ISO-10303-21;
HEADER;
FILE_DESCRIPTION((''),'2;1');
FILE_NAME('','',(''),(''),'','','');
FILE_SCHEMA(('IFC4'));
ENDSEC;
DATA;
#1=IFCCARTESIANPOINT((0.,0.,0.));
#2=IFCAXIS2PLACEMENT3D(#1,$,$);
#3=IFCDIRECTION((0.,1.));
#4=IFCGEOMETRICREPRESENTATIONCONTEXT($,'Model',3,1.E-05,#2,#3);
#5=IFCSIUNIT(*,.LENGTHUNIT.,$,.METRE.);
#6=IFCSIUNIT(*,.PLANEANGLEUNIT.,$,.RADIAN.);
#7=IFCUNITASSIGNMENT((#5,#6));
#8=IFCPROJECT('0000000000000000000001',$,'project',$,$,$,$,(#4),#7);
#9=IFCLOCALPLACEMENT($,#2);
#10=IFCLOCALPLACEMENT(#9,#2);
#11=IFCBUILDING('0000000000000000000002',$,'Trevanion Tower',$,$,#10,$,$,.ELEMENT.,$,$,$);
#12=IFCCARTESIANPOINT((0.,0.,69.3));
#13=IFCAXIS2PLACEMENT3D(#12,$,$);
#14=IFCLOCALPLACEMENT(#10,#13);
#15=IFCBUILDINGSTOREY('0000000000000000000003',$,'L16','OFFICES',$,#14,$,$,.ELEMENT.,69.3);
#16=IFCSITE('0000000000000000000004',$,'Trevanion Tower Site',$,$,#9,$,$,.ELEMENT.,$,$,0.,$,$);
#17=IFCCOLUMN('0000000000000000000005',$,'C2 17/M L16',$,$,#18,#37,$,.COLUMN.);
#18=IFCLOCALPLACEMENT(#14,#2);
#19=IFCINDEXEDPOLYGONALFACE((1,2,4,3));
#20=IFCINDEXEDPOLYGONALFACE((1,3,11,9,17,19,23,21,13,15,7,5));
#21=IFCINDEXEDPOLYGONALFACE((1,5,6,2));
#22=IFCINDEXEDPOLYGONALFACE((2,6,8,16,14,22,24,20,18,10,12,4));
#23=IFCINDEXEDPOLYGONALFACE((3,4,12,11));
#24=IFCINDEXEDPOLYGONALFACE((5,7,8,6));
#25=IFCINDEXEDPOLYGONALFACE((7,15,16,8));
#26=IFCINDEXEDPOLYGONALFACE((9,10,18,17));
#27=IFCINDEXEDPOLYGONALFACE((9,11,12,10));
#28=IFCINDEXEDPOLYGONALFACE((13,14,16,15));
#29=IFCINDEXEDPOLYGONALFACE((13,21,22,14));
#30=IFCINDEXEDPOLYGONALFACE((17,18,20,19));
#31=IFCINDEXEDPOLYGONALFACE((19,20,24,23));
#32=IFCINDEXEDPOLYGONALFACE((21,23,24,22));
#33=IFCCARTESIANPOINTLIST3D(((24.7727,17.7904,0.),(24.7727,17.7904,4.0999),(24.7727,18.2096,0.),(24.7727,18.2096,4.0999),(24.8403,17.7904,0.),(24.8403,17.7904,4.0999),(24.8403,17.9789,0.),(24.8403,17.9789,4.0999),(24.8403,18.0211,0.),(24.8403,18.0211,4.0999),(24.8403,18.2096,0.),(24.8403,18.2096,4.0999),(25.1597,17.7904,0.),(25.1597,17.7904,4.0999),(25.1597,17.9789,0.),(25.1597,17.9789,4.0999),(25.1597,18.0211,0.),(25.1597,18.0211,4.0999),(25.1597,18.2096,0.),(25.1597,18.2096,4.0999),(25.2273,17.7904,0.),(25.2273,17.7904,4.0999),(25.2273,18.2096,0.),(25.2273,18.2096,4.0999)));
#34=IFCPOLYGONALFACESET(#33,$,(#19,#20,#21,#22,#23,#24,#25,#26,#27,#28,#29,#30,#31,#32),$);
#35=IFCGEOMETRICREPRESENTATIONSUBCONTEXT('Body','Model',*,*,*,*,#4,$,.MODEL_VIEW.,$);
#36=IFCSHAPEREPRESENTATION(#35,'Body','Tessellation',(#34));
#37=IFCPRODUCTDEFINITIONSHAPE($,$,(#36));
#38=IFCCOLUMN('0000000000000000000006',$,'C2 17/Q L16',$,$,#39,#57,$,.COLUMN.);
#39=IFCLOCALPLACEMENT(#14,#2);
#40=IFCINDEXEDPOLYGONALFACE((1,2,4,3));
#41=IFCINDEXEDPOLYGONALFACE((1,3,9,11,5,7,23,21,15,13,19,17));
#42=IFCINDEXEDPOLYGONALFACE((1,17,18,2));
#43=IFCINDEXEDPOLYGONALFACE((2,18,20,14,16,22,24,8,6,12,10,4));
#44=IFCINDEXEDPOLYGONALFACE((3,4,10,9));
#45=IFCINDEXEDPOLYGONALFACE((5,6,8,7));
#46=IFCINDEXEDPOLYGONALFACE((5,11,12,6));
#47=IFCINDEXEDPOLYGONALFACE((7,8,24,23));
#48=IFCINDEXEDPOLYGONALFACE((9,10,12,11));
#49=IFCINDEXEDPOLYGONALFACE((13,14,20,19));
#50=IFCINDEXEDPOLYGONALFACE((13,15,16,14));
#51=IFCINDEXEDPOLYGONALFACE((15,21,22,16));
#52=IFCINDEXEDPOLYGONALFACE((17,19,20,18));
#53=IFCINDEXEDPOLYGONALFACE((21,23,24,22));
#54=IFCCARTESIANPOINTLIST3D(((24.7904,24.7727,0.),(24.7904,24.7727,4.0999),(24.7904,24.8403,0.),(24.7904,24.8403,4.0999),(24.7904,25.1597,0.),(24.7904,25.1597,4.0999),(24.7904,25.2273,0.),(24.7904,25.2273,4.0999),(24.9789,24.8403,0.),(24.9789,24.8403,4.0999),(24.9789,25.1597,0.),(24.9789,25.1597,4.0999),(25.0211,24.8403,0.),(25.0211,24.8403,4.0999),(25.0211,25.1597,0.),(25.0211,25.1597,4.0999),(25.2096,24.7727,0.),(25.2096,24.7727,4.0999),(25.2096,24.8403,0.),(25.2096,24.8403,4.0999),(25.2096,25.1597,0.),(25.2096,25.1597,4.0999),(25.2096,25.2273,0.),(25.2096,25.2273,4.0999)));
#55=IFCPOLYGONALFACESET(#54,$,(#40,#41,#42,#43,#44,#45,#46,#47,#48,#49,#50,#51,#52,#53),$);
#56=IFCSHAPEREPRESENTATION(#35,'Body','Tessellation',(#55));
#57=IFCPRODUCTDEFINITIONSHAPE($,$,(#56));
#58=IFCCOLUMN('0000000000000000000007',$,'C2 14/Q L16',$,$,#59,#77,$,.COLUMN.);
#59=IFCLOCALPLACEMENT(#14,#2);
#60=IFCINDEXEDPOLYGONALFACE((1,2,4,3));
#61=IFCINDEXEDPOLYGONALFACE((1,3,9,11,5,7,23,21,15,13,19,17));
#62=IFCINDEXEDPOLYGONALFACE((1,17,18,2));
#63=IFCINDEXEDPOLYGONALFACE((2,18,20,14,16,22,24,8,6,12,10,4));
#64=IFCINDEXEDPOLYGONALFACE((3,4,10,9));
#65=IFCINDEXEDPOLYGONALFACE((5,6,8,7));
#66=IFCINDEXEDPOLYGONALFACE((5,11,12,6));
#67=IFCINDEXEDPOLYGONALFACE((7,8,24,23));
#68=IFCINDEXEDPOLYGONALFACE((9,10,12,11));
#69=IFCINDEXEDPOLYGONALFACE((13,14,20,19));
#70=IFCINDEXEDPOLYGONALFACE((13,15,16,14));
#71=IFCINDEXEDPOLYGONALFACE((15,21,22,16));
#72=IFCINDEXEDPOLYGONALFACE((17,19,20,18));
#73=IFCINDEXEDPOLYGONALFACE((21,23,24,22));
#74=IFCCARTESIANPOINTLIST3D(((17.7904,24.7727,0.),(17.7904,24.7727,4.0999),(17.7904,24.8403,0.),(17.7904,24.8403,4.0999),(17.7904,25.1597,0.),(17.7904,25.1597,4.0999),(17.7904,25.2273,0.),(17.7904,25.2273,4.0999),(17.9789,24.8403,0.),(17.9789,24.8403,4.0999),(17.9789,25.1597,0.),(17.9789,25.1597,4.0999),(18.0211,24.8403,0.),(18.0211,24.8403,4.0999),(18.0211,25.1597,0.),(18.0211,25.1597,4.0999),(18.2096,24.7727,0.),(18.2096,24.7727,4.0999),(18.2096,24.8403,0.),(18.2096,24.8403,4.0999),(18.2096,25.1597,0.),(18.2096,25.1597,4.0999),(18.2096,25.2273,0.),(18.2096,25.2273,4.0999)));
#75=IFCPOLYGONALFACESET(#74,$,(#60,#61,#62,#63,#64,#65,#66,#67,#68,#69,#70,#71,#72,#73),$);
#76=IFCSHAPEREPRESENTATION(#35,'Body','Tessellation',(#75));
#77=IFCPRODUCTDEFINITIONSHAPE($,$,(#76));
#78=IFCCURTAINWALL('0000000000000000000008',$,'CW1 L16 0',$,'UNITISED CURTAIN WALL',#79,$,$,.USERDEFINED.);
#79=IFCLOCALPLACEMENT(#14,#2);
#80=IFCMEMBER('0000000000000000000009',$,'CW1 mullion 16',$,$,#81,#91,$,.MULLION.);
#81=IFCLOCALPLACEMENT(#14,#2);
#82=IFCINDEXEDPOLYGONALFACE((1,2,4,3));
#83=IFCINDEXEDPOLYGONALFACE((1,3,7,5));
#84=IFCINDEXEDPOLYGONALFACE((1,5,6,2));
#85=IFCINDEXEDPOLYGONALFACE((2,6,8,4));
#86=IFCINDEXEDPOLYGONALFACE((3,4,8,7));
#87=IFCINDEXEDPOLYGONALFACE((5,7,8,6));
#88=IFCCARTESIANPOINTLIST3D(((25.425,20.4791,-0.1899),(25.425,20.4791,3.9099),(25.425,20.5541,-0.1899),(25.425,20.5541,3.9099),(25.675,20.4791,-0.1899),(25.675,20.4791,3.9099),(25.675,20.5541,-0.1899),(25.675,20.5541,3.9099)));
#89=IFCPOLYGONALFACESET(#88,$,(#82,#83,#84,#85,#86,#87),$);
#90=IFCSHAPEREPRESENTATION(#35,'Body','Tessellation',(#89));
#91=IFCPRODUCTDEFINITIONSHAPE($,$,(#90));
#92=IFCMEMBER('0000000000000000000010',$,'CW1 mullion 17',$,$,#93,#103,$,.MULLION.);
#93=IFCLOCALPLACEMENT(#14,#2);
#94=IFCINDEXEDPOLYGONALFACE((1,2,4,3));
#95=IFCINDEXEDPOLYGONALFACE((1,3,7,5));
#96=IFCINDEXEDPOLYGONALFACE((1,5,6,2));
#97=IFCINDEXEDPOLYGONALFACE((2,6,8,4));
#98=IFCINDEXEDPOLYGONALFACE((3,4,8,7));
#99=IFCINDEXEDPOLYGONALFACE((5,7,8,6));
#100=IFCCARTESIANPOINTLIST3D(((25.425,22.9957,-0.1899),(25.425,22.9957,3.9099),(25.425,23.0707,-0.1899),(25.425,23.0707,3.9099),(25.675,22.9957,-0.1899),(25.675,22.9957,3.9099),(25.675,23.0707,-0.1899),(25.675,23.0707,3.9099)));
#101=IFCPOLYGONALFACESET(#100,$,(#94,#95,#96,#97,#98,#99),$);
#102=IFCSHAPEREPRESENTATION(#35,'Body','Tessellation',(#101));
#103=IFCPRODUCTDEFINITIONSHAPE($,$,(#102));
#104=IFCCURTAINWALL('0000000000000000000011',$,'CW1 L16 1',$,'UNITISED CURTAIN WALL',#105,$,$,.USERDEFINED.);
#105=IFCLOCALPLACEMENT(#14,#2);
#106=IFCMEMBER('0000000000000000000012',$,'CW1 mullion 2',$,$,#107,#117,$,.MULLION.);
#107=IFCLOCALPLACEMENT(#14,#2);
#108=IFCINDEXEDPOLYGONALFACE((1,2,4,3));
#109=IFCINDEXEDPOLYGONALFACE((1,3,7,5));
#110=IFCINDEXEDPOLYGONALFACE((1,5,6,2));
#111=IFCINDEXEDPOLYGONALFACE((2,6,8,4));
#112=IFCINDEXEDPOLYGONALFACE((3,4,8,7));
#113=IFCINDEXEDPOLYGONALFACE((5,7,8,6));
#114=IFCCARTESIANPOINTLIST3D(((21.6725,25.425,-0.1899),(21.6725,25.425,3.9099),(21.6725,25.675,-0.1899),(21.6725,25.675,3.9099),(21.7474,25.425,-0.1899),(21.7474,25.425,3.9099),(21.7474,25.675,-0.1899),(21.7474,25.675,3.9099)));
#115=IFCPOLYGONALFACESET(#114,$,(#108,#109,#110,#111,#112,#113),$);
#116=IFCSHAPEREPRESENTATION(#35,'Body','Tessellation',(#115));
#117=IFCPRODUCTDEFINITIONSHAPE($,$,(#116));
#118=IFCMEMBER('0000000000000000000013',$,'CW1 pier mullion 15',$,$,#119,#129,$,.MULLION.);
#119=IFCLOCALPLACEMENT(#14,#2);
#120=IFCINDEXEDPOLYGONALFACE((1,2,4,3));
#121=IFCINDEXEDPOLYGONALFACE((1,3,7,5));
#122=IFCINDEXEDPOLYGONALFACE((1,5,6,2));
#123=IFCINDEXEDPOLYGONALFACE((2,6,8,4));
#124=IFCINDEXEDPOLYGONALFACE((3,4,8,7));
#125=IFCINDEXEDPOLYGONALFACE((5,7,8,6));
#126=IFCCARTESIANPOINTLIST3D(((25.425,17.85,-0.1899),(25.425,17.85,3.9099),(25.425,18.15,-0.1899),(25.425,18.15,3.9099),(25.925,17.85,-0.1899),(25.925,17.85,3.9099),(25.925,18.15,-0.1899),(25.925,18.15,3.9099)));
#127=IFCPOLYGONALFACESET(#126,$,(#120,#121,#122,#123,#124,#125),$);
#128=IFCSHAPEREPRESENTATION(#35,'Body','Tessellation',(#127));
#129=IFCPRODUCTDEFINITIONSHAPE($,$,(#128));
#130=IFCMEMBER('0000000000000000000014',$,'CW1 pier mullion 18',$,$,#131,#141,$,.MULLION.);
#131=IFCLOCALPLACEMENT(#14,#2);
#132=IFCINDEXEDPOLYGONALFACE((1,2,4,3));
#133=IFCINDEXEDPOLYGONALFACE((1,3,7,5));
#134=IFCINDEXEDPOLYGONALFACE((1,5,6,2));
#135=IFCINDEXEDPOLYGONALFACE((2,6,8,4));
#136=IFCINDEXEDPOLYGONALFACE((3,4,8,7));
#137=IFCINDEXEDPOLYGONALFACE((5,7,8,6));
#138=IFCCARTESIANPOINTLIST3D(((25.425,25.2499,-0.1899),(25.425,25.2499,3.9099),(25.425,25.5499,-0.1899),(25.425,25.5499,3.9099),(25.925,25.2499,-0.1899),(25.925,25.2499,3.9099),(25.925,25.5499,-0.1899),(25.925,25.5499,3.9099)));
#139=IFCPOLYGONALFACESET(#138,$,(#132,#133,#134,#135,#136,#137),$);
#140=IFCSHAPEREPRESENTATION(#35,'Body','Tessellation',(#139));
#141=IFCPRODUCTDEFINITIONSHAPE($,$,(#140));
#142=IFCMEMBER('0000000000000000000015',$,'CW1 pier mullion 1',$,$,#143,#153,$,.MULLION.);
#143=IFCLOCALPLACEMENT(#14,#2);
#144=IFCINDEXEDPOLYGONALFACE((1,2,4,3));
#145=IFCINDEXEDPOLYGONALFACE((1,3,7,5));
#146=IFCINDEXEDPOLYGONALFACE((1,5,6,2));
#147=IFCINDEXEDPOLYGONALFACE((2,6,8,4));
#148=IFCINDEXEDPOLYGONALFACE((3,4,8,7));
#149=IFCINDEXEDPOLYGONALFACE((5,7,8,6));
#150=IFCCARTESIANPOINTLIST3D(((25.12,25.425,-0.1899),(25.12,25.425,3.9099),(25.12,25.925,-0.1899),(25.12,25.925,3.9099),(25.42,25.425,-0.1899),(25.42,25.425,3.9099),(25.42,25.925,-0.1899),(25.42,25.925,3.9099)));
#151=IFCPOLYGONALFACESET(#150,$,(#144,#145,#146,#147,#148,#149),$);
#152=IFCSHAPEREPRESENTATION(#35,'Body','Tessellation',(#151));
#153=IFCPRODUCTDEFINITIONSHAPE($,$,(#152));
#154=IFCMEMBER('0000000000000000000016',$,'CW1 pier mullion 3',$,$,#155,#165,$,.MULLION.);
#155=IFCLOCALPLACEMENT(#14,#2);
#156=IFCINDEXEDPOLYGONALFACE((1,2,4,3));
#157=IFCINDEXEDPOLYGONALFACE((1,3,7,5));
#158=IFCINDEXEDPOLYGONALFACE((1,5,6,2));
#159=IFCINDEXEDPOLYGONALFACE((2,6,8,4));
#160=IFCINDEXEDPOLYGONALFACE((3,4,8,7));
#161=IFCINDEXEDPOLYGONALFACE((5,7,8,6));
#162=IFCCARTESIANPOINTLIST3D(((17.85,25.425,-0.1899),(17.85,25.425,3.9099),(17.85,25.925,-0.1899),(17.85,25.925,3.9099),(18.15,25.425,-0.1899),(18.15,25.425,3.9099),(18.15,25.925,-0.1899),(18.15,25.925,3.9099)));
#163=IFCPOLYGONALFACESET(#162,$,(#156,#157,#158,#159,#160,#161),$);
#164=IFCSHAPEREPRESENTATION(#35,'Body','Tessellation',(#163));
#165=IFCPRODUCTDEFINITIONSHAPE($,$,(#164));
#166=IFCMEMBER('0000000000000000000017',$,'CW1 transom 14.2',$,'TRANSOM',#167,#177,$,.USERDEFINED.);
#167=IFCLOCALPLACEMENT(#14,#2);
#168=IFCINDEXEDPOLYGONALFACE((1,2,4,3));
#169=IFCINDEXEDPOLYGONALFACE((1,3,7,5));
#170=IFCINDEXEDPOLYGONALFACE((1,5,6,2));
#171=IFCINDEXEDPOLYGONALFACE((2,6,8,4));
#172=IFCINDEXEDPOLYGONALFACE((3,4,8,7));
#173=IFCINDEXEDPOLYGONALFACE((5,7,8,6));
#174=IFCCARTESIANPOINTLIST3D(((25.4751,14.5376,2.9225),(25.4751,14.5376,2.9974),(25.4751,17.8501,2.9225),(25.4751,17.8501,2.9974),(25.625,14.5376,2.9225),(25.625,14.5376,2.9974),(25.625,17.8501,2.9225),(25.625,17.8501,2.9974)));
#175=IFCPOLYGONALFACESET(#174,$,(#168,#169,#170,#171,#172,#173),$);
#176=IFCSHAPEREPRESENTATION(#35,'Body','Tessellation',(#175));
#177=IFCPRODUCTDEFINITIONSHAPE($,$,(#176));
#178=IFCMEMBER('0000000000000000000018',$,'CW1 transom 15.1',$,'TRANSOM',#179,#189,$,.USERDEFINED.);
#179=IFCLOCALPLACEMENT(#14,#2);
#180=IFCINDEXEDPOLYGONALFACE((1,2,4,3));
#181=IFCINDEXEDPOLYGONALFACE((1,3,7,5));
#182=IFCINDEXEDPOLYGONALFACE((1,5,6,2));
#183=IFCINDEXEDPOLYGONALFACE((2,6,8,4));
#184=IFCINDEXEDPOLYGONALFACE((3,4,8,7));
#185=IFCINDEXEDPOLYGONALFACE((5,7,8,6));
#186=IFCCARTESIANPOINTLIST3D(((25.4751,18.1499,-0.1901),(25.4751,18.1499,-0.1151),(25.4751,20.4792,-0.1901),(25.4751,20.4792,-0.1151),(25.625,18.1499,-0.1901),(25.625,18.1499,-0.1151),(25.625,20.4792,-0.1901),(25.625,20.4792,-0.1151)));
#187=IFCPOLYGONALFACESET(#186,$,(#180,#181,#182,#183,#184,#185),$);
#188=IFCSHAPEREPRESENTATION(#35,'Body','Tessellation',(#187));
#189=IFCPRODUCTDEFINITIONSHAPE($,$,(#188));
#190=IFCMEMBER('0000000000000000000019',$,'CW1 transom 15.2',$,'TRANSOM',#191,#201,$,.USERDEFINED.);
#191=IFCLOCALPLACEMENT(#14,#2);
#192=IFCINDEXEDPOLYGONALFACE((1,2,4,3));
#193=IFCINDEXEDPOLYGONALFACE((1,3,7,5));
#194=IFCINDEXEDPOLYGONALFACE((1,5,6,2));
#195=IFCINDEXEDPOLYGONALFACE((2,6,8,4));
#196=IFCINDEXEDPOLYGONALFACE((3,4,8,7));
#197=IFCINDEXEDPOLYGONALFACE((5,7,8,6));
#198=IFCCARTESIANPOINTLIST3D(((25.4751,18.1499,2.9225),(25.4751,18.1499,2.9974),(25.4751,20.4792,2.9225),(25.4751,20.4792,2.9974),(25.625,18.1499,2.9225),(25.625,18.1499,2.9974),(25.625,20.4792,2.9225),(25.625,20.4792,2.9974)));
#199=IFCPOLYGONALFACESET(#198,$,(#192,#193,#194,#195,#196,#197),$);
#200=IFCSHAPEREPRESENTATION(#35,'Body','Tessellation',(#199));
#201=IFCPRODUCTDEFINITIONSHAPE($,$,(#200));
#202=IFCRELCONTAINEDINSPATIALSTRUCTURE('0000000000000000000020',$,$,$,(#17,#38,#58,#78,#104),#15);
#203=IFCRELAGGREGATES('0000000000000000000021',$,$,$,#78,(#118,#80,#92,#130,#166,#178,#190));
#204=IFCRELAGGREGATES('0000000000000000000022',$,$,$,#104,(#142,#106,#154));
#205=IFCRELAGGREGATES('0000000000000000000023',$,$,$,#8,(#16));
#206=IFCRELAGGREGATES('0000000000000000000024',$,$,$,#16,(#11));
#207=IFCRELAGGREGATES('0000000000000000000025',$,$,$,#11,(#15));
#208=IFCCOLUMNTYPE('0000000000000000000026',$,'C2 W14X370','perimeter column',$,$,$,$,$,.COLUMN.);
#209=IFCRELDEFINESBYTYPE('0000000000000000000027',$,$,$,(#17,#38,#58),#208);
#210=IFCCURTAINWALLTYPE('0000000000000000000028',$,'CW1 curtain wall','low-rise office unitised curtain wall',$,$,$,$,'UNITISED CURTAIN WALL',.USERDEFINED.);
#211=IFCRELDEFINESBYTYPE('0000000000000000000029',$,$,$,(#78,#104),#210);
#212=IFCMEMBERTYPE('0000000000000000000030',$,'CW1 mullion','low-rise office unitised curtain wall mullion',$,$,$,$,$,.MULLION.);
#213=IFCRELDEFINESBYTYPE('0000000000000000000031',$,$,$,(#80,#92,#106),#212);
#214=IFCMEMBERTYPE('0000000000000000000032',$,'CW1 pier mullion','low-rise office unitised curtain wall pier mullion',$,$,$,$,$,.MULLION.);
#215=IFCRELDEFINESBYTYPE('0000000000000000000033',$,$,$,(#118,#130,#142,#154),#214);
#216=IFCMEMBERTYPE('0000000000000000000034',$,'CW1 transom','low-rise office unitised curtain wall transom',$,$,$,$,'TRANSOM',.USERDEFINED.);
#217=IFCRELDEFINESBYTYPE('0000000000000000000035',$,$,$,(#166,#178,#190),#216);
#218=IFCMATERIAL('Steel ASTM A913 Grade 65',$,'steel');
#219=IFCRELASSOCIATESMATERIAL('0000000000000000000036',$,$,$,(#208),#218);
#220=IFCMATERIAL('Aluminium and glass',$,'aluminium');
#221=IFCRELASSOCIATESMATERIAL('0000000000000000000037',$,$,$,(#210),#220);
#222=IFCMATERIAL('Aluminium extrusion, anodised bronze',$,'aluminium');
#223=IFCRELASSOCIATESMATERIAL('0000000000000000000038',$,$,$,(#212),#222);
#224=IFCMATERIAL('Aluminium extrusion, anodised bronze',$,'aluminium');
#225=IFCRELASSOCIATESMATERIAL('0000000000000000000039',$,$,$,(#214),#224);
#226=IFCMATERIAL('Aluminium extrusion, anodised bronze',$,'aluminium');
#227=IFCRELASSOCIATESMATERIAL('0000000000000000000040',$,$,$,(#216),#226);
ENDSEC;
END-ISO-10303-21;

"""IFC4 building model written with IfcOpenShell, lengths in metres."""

from ifc_helpers import new_model, si_unit, direction, frame, origin, origin_2d, place, context, subcontext, project, spatial, rectangle, i_section, extrude, material, material_profile, profile_set, type_object, element, aggregate, save


model = new_model("IFC4")

# Units and contexts
model_context = context("Model", 3, precision=1e-05, world=origin(), true_north=direction((0.0, 1.0)))
body_context = subcontext(model_context, "Body", "Model", "MODEL_VIEW")
ifc_project = project(units=[si_unit("LENGTHUNIT", "METRE"), si_unit("PLANEANGLEUNIT", "RADIAN")], contexts=[model_context])

# Site, building, storey
site_placement = place(None, origin())
site = spatial("IfcSite", under=ifc_project, at=site_placement, Name="Trevanion Tower Site", CompositionType="ELEMENT", RefElevation=0.0)
building_placement = place(site_placement, origin())
building = spatial("IfcBuilding", under=site, at=building_placement, Name="Trevanion Tower", CompositionType="ELEMENT")
storey_placement = place(building_placement, frame((0.0, 0.0, 69.3)))
storey = spatial("IfcBuildingStorey", under=building, at=storey_placement, Name="L16", Description="OFFICES", CompositionType="ELEMENT", Elevation=69.3)

# Columns
ifc_material_1 = material(Name="Steel ASTM A913 Grade 65", Category="steel")
ifc_material_profile_1 = material_profile(ifc_material_1, i_section(OverallWidth=0.4192, OverallDepth=0.4546, WebThickness=0.0422, FlangeThickness=0.0676, at=origin_2d()), Name="W14X370")
ifc_profile_set_1 = profile_set([ifc_material_profile_1], Name="Steel ASTM A913 Grade 65")
column_type = type_object("IfcColumnType", Name="C2 W14X370", Description="perimeter column", PredefinedType="COLUMN", material=ifc_profile_set_1)
for number, where, z_axis, x_axis, name in (
    (1, (25.0, 18.0, 0.0), (0.0, 0.0, 1.0), (0.0, 1.0, 0.0), "C2 17/M L16"),
    (2, (25.0, 25.0, 0.0), (0.0, 0.0, 1.0), (1.0, 0.0, 0.0), "C2 17/Q L16"),
    (3, (18.0, 25.0, 0.0), (0.0, 0.0, 1.0), (1.0, 0.0, 0.0), "C2 14/Q L16"),
):
    element("IfcColumn", number, at=place(storey_placement, frame(where, z_axis=z_axis, x_axis=x_axis)), inside=storey, type_object=column_type, Name=name, PredefinedType="COLUMN", context=body_context, shape_type="SweptSolid", body=[
        extrude(i_section(OverallWidth=0.4192, OverallDepth=0.4546, WebThickness=0.0422, FlangeThickness=0.0676, at=origin_2d()), origin(), (0.0, 0.0, 1.0), 4.0999),
    ])

# Curtain wall, members
ifc_material_2 = material(Name="Aluminium and glass", Category="aluminium")
curtain_wall_type = type_object("IfcCurtainWallType", Name="CW1 curtain wall", Description="low-rise office unitised curtain wall", ElementType="UNITISED CURTAIN WALL", PredefinedType="USERDEFINED", material=ifc_material_2)
curtain_wall_1_placement = place(storey_placement, origin())
curtain_wall_1 = element("IfcCurtainWall", 4, at=curtain_wall_1_placement, inside=storey, type_object=curtain_wall_type, Name="CW1 L16 0", ObjectType="UNITISED CURTAIN WALL", PredefinedType="USERDEFINED")
ifc_material_3 = material(Name="Aluminium extrusion, anodised bronze", Category="aluminium")
ifc_material_profile_2 = material_profile(ifc_material_3, rectangle(XDim=0.075, YDim=0.25, at=origin_2d()), Name="CW1 mullion")
ifc_profile_set_2 = profile_set([ifc_material_profile_2], Name="Aluminium extrusion, anodised bronze")
member_type_1 = type_object("IfcMemberType", Name="CW1 mullion", Description="low-rise office unitised curtain wall mullion", PredefinedType="MULLION", material=ifc_profile_set_2)
member_1_placement = place(storey_placement, frame((25.55, 20.5166, -0.1899), z_axis=(0.0, 0.0, 1.0), x_axis=(0.0, 1.0, 0.0)))
member_1 = element("IfcMember", 5, at=member_1_placement, type_object=member_type_1, Name="CW1 mullion 16", PredefinedType="MULLION", context=body_context, shape_type="SweptSolid", body=[
    extrude(rectangle(XDim=0.075, YDim=0.25, at=origin_2d()), origin(), (0.0, 0.0, 1.0), 4.0999),
])
member_2_placement = place(storey_placement, frame((25.55, 23.0332, -0.1899), z_axis=(0.0, 0.0, 1.0), x_axis=(0.0, 1.0, 0.0)))
member_2 = element("IfcMember", 6, at=member_2_placement, type_object=member_type_1, Name="CW1 mullion 17", PredefinedType="MULLION", context=body_context, shape_type="SweptSolid", body=[
    extrude(rectangle(XDim=0.075, YDim=0.25, at=origin_2d()), origin(), (0.0, 0.0, 1.0), 4.0999),
])

# Curtain wall, member
curtain_wall_2_placement = place(storey_placement, origin())
curtain_wall_2 = element("IfcCurtainWall", 7, at=curtain_wall_2_placement, inside=storey, type_object=curtain_wall_type, Name="CW1 L16 1", ObjectType="UNITISED CURTAIN WALL", PredefinedType="USERDEFINED")
member_3_placement = place(storey_placement, frame((21.71, 25.55, -0.1899), z_axis=(0.0, 0.0, 1.0), x_axis=(-1.0, 0.0, 0.0)))
member_3 = element("IfcMember", 8, at=member_3_placement, type_object=member_type_1, Name="CW1 mullion 2", PredefinedType="MULLION", context=body_context, shape_type="SweptSolid", body=[
    extrude(rectangle(XDim=0.075, YDim=0.25, at=origin_2d()), origin(), (0.0, 0.0, 1.0), 4.0999),
])

# Members
ifc_material_4 = material(Name="Aluminium extrusion, anodised bronze", Category="aluminium")
ifc_material_profile_3 = material_profile(ifc_material_4, rectangle(XDim=0.3, YDim=0.5, at=origin_2d()), Name="CW1 pier mullion")
ifc_profile_set_3 = profile_set([ifc_material_profile_3], Name="Aluminium extrusion, anodised bronze")
member_type_2 = type_object("IfcMemberType", Name="CW1 pier mullion", Description="low-rise office unitised curtain wall pier mullion", PredefinedType="MULLION", material=ifc_profile_set_3)
member_4_placement = place(storey_placement, frame((25.675, 18.0, -0.1899), z_axis=(0.0, 0.0, 1.0), x_axis=(0.0, 1.0, 0.0)))
member_4 = element("IfcMember", 9, at=member_4_placement, type_object=member_type_2, Name="CW1 pier mullion 15", PredefinedType="MULLION", context=body_context, shape_type="SweptSolid", body=[
    extrude(rectangle(XDim=0.3, YDim=0.5, at=origin_2d()), origin(), (0.0, 0.0, 1.0), 4.0999),
])
member_5_placement = place(storey_placement, frame((25.675, 25.3999, -0.1899), z_axis=(0.0, 0.0, 1.0), x_axis=(0.0, 1.0, 0.0)))
member_5 = element("IfcMember", 10, at=member_5_placement, type_object=member_type_2, Name="CW1 pier mullion 18", PredefinedType="MULLION", context=body_context, shape_type="SweptSolid", body=[
    extrude(rectangle(XDim=0.3, YDim=0.5, at=origin_2d()), origin(), (0.0, 0.0, 1.0), 4.0999),
])
member_6_placement = place(storey_placement, frame((25.27, 25.675, -0.1899), z_axis=(0.0, 0.0, 1.0), x_axis=(-1.0, 0.0, 0.0)))
member_6 = element("IfcMember", 11, at=member_6_placement, type_object=member_type_2, Name="CW1 pier mullion 1", PredefinedType="MULLION", context=body_context, shape_type="SweptSolid", body=[
    extrude(rectangle(XDim=0.3, YDim=0.5, at=origin_2d()), origin(), (0.0, 0.0, 1.0), 4.0999),
])
member_7_placement = place(storey_placement, frame((18.0, 25.675, -0.1899), z_axis=(0.0, 0.0, 1.0), x_axis=(-1.0, 0.0, 0.0)))
member_7 = element("IfcMember", 12, at=member_7_placement, type_object=member_type_2, Name="CW1 pier mullion 3", PredefinedType="MULLION", context=body_context, shape_type="SweptSolid", body=[
    extrude(rectangle(XDim=0.3, YDim=0.5, at=origin_2d()), origin(), (0.0, 0.0, 1.0), 4.0999),
])
ifc_material_5 = material(Name="Aluminium extrusion, anodised bronze", Category="aluminium")
ifc_material_profile_4 = material_profile(ifc_material_5, rectangle(XDim=0.1499, YDim=0.075, at=origin_2d()), Name="CW1 transom")
ifc_profile_set_4 = profile_set([ifc_material_profile_4], Name="Aluminium extrusion, anodised bronze")
member_type_3 = type_object("IfcMemberType", Name="CW1 transom", Description="low-rise office unitised curtain wall transom", ElementType="TRANSOM", PredefinedType="USERDEFINED", material=ifc_profile_set_4)
member_8_placement = place(storey_placement, frame((25.55, 14.5376, 2.96), z_axis=(0.0, 1.0, 0.0), x_axis=(-1.0, 0.0, 0.0)))
member_8 = element("IfcMember", 13, at=member_8_placement, type_object=member_type_3, Name="CW1 transom 14.2", ObjectType="TRANSOM", PredefinedType="USERDEFINED", context=body_context, shape_type="SweptSolid", body=[
    extrude(rectangle(XDim=0.1499, YDim=0.075, at=origin_2d()), origin(), (0.0, 0.0, 1.0), 3.3125),
])
member_9_placement = place(storey_placement, frame((25.55, 18.1499, -0.1526), z_axis=(0.0, 1.0, 0.0), x_axis=(-1.0, 0.0, 0.0)))
member_9 = element("IfcMember", 14, at=member_9_placement, type_object=member_type_3, Name="CW1 transom 15.1", ObjectType="TRANSOM", PredefinedType="USERDEFINED", context=body_context, shape_type="SweptSolid", body=[
    extrude(rectangle(XDim=0.1499, YDim=0.075, at=origin_2d()), origin(), (0.0, 0.0, 1.0), 2.3293),
])
member_10_placement = place(storey_placement, frame((25.55, 18.1499, 2.96), z_axis=(0.0, 1.0, 0.0), x_axis=(-1.0, 0.0, 0.0)))
member_10 = element("IfcMember", 15, at=member_10_placement, type_object=member_type_3, Name="CW1 transom 15.2", ObjectType="TRANSOM", PredefinedType="USERDEFINED", context=body_context, shape_type="SweptSolid", body=[
    extrude(rectangle(XDim=0.1499, YDim=0.075, at=origin_2d()), origin(), (0.0, 0.0, 1.0), 2.3293),
])

aggregate(curtain_wall_1, [member_4, member_1, member_2, member_5, member_8, member_9, member_10])
aggregate(curtain_wall_2, [member_6, member_3, member_7])

save(model, "model.ifc")
